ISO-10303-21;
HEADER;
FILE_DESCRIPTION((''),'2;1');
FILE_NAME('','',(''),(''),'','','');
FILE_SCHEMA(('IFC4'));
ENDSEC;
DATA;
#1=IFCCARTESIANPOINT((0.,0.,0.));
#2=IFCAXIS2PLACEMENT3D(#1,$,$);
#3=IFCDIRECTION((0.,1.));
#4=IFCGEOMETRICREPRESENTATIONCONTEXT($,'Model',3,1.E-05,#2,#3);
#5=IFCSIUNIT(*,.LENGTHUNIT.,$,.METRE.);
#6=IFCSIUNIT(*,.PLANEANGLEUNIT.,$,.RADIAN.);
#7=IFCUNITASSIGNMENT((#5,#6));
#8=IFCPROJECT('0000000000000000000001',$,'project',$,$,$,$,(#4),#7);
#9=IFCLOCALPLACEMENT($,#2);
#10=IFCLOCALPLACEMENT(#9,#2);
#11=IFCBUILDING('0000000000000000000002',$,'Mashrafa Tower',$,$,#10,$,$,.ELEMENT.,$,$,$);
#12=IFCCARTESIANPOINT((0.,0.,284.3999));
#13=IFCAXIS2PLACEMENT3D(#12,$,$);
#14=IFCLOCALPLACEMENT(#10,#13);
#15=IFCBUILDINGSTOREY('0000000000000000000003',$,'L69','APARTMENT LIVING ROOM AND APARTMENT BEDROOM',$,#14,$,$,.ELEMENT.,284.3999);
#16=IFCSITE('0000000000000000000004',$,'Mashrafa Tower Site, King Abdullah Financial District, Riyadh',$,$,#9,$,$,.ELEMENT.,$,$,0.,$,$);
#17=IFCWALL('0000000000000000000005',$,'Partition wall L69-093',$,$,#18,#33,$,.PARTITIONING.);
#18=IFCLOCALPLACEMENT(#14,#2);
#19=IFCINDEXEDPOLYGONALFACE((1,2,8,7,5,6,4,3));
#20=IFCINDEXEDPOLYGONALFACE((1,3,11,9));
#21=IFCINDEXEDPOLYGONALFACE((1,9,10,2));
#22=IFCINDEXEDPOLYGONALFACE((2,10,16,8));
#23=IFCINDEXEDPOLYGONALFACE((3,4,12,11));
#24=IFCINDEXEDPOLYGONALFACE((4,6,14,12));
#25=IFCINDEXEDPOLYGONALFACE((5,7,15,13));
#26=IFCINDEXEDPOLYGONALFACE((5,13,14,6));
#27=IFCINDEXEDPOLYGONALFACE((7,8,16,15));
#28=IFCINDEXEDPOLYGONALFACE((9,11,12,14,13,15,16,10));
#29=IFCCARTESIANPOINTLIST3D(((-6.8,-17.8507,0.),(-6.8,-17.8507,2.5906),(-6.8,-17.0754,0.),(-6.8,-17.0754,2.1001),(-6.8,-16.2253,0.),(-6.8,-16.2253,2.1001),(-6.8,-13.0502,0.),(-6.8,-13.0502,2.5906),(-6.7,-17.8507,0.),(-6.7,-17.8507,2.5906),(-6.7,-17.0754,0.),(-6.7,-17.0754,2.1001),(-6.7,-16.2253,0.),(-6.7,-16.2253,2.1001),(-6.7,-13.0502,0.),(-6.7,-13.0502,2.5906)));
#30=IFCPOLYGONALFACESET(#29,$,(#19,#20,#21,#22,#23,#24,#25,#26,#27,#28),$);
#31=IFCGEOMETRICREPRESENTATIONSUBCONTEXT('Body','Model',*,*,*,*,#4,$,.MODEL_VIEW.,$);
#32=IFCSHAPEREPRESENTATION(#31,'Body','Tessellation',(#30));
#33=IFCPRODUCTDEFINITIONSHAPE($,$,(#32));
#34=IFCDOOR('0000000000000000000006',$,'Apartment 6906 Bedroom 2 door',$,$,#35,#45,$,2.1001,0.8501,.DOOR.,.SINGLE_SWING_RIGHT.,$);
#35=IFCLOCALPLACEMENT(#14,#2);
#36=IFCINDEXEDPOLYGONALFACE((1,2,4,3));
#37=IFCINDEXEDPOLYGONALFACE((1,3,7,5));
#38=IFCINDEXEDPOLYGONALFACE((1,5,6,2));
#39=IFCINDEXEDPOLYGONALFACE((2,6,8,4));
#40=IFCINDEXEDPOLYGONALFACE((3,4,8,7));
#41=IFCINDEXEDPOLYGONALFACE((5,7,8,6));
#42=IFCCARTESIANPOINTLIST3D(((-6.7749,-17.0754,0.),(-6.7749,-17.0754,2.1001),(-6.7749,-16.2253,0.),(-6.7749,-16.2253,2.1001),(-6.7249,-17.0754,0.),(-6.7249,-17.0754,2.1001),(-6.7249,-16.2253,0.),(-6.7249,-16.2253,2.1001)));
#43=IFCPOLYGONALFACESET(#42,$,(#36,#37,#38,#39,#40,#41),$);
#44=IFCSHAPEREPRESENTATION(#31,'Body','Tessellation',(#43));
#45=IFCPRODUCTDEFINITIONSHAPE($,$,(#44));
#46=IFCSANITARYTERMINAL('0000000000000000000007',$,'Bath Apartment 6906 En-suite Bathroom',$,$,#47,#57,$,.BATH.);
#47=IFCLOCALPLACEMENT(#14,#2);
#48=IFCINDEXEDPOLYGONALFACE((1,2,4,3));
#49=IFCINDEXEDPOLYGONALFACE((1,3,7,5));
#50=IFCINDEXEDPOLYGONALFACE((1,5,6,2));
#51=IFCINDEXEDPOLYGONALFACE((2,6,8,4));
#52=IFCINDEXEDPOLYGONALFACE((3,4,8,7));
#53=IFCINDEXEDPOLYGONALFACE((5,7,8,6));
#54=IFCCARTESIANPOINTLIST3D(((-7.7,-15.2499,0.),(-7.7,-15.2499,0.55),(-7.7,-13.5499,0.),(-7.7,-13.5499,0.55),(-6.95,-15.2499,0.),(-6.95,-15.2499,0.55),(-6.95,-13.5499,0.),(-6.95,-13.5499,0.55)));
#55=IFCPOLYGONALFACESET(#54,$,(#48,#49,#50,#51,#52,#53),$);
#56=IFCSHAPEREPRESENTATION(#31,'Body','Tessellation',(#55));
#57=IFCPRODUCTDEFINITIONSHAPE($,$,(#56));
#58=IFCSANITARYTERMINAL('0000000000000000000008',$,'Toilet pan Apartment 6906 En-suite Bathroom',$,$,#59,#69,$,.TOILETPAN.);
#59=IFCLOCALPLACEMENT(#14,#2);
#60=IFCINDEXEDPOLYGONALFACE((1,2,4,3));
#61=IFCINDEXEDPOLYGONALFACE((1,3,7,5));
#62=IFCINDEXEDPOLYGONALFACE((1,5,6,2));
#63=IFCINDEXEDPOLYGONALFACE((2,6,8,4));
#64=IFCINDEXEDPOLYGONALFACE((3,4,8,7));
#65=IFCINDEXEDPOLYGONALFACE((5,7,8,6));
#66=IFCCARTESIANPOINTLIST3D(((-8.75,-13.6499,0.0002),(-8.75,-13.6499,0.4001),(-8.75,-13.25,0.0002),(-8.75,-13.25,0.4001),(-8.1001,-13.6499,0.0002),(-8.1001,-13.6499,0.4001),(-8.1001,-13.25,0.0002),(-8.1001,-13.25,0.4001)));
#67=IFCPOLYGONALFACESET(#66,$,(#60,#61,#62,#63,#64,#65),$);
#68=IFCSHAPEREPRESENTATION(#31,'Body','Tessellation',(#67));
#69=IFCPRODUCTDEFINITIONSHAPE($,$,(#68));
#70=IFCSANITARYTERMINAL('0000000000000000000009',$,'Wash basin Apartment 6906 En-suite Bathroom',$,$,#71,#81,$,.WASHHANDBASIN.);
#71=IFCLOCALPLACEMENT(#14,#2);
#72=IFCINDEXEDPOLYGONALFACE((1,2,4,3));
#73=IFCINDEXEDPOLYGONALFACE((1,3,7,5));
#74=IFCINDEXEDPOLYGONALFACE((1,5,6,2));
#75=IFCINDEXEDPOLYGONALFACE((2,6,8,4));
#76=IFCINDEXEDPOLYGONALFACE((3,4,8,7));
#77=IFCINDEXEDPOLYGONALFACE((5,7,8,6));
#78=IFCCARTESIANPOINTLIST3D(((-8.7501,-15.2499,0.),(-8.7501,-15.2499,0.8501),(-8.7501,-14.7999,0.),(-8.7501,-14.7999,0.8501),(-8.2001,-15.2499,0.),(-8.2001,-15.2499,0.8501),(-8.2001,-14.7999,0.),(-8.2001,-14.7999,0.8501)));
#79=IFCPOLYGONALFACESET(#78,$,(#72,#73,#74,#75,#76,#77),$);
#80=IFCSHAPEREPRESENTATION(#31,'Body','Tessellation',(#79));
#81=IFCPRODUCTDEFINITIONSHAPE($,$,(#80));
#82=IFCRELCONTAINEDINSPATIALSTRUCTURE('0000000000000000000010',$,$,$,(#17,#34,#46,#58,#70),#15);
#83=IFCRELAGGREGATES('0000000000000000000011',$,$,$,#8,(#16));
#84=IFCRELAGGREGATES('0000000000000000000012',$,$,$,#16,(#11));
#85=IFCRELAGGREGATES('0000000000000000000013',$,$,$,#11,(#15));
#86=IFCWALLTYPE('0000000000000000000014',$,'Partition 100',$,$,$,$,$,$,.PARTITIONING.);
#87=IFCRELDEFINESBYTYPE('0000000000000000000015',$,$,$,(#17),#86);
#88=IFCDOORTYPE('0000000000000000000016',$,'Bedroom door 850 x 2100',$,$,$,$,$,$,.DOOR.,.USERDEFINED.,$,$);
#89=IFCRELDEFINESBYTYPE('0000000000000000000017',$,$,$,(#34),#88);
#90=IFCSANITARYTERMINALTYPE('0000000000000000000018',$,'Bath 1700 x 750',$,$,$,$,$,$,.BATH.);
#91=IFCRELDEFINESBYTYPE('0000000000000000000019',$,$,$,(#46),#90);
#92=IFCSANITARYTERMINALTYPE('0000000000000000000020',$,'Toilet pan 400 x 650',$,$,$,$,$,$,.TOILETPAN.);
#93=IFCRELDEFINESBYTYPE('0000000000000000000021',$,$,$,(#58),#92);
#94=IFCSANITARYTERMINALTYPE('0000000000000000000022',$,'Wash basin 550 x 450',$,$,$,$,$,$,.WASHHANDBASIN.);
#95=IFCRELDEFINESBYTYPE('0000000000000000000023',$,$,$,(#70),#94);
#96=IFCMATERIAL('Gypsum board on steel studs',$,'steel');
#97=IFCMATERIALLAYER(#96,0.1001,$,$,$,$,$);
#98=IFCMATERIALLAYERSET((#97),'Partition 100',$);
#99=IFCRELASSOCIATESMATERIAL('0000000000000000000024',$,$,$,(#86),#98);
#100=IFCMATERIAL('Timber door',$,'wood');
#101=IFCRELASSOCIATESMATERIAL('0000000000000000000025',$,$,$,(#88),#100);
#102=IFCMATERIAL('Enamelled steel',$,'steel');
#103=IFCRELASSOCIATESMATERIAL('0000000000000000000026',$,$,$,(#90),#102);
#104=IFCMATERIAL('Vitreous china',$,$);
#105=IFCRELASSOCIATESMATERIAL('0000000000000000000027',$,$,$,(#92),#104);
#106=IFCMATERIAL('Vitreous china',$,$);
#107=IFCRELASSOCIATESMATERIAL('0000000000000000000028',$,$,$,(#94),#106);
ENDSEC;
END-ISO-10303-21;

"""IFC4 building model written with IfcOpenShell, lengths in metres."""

from ifc_helpers import new_model, si_unit, direction, frame, frame_2d, origin, origin_2d, place, context, subcontext, project, spatial, rectangle, extrude, material, layer, layer_set, type_object, element, fill, save


model = new_model("IFC4")

# Units and contexts
model_context = context("Model", 3, precision=1e-05, world=origin(), true_north=direction((0.0, 1.0)))
body_context = subcontext(model_context, "Body", "Model", "MODEL_VIEW")
ifc_project = project(units=[si_unit("LENGTHUNIT", "METRE"), si_unit("PLANEANGLEUNIT", "RADIAN")], contexts=[model_context])

# Site, building, storey
site_placement = place(None, origin())
site = spatial("IfcSite", under=ifc_project, at=site_placement, Name="Mashrafa Tower Site, King Abdullah Financial District, Riyadh", CompositionType="ELEMENT", RefElevation=0.0)
building_placement = place(site_placement, origin())
building = spatial("IfcBuilding", under=site, at=building_placement, Name="Mashrafa Tower", CompositionType="ELEMENT")
storey_placement = place(building_placement, frame((0.0, 0.0, 284.3999)))
storey = spatial("IfcBuildingStorey", under=building, at=storey_placement, Name="L69", Description="APARTMENT LIVING ROOM AND APARTMENT BEDROOM", CompositionType="ELEMENT", Elevation=284.3999)

# Shared definitions
ifc_material_1 = material(Name="Gypsum board on steel studs", Category="steel")
ifc_layer_1 = layer(ifc_material_1, 0.1001)
ifc_layer_set_1 = layer_set([ifc_layer_1], Name="Partition 100")
wall_type_1 = type_object("IfcWallType", Name="Partition 100", PredefinedType="PARTITIONING", material=ifc_layer_set_1)

# Wall, opening, door
wall_1_placement = place(storey_placement, frame((-6.75, -13.05, 0.0), z_axis=(0.0, 0.0, 1.0), x_axis=(0.0, -1.0, 0.0)))
wall_1 = element("IfcWall", 1, at=wall_1_placement, inside=storey, type_object=wall_type_1, Name="Partition wall L69-093", PredefinedType="PARTITIONING", context=body_context, shape_type="SweptSolid", body=[
    extrude(rectangle(XDim=4.8005, YDim=0.1001, at=frame_2d((2.4004, 0.0))), origin(), (0.0, 0.0, 1.0), 2.5906),
])
opening_1_placement = place(wall_1_placement, frame((3.1753, 0.0, 0.0)))
opening_1 = element("IfcOpeningElement", 2, at=opening_1_placement, cuts=wall_1, PredefinedType="OPENING", context=body_context, shape_type="SweptSolid", body=[
    extrude(rectangle(XDim=0.8501, YDim=2.1001, at=frame_2d((0.425, 1.05))), frame((0.0, 0.0601, 0.0), z_axis=(0.0, -1.0, 0.0), x_axis=(1.0, 0.0, 0.0)), (0.0, 0.0, 1.0), 0.1201),
])
ifc_material_2 = material(Name="Timber door", Category="wood")
door_type_1 = type_object("IfcDoorType", Name="Bedroom door 850 x 2100", OperationType="USERDEFINED", PredefinedType="DOOR", material=ifc_material_2)
door_1_placement = place(opening_1_placement, frame((0.8501, 0.0, 0.0), z_axis=(0.0, 0.0, 1.0), x_axis=(-1.0, 0.0, 0.0)))
door_1 = element("IfcDoor", 3, at=door_1_placement, inside=storey, type_object=door_type_1, Name="Apartment 6906 Bedroom 2 door", OperationType="SINGLE_SWING_RIGHT", OverallHeight=2.1001, OverallWidth=0.8501, PredefinedType="DOOR", context=body_context, shape_type="SweptSolid", body=[
    extrude(rectangle(XDim=0.8501, YDim=2.1001, at=frame_2d((0.425, 1.05))), frame((0.0, 0.0249, 0.0), z_axis=(0.0, -1.0, 0.0), x_axis=(1.0, 0.0, 0.0)), (0.0, 0.0, 1.0), 0.05),
])
fill(opening_1, door_1)

# Sanitary terminals
ifc_material_3 = material(Name="Enamelled steel", Category="steel")
sanitary_terminal_type_1 = type_object("IfcSanitaryTerminalType", Name="Bath 1700 x 750", PredefinedType="BATH", material=ifc_material_3)
sanitary_terminal_1_placement = place(storey_placement, frame((-7.325, -14.3999, 0.0), z_axis=(0.0, 0.0, 1.0), x_axis=(0.0, 1.0, 0.0)))
element("IfcSanitaryTerminal", 4, at=sanitary_terminal_1_placement, inside=storey, type_object=sanitary_terminal_type_1, Name="Bath Apartment 6906 En-suite Bathroom", PredefinedType="BATH", context=body_context, shape_type="SweptSolid", body=[
    extrude(rectangle(XDim=1.7, YDim=0.75, at=origin_2d()), origin(), (0.0, 0.0, 1.0), 0.55),
])
ifc_material_4 = material(Name="Vitreous china")
sanitary_terminal_type_2 = type_object("IfcSanitaryTerminalType", Name="Toilet pan 400 x 650", PredefinedType="TOILETPAN", material=ifc_material_4)
sanitary_terminal_2_placement = place(storey_placement, frame((-8.425, -13.45, 0.0002), z_axis=(0.0, 0.0, 1.0), x_axis=(0.0, -1.0, 0.0)))
element("IfcSanitaryTerminal", 5, at=sanitary_terminal_2_placement, inside=storey, type_object=sanitary_terminal_type_2, Name="Toilet pan Apartment 6906 En-suite Bathroom", PredefinedType="TOILETPAN", context=body_context, shape_type="SweptSolid", body=[
    extrude(rectangle(XDim=0.3999, YDim=0.6499, at=origin_2d()), origin(), (0.0, 0.0, 1.0), 0.3999),
])
ifc_material_5 = material(Name="Vitreous china")
sanitary_terminal_type_3 = type_object("IfcSanitaryTerminalType", Name="Wash basin 550 x 450", PredefinedType="WASHHANDBASIN", material=ifc_material_5)
sanitary_terminal_3_placement = place(storey_placement, frame((-8.4751, -15.0249, 0.0), z_axis=(0.0, 0.0, 1.0), x_axis=(1.0, 0.0, 0.0)))
element("IfcSanitaryTerminal", 6, at=sanitary_terminal_3_placement, inside=storey, type_object=sanitary_terminal_type_3, Name="Wash basin Apartment 6906 En-suite Bathroom", PredefinedType="WASHHANDBASIN", context=body_context, shape_type="SweptSolid", body=[
    extrude(rectangle(XDim=0.55, YDim=0.45, at=origin_2d()), origin(), (0.0, 0.0, 1.0), 0.8501),
])

save(model, "model.ifc")
